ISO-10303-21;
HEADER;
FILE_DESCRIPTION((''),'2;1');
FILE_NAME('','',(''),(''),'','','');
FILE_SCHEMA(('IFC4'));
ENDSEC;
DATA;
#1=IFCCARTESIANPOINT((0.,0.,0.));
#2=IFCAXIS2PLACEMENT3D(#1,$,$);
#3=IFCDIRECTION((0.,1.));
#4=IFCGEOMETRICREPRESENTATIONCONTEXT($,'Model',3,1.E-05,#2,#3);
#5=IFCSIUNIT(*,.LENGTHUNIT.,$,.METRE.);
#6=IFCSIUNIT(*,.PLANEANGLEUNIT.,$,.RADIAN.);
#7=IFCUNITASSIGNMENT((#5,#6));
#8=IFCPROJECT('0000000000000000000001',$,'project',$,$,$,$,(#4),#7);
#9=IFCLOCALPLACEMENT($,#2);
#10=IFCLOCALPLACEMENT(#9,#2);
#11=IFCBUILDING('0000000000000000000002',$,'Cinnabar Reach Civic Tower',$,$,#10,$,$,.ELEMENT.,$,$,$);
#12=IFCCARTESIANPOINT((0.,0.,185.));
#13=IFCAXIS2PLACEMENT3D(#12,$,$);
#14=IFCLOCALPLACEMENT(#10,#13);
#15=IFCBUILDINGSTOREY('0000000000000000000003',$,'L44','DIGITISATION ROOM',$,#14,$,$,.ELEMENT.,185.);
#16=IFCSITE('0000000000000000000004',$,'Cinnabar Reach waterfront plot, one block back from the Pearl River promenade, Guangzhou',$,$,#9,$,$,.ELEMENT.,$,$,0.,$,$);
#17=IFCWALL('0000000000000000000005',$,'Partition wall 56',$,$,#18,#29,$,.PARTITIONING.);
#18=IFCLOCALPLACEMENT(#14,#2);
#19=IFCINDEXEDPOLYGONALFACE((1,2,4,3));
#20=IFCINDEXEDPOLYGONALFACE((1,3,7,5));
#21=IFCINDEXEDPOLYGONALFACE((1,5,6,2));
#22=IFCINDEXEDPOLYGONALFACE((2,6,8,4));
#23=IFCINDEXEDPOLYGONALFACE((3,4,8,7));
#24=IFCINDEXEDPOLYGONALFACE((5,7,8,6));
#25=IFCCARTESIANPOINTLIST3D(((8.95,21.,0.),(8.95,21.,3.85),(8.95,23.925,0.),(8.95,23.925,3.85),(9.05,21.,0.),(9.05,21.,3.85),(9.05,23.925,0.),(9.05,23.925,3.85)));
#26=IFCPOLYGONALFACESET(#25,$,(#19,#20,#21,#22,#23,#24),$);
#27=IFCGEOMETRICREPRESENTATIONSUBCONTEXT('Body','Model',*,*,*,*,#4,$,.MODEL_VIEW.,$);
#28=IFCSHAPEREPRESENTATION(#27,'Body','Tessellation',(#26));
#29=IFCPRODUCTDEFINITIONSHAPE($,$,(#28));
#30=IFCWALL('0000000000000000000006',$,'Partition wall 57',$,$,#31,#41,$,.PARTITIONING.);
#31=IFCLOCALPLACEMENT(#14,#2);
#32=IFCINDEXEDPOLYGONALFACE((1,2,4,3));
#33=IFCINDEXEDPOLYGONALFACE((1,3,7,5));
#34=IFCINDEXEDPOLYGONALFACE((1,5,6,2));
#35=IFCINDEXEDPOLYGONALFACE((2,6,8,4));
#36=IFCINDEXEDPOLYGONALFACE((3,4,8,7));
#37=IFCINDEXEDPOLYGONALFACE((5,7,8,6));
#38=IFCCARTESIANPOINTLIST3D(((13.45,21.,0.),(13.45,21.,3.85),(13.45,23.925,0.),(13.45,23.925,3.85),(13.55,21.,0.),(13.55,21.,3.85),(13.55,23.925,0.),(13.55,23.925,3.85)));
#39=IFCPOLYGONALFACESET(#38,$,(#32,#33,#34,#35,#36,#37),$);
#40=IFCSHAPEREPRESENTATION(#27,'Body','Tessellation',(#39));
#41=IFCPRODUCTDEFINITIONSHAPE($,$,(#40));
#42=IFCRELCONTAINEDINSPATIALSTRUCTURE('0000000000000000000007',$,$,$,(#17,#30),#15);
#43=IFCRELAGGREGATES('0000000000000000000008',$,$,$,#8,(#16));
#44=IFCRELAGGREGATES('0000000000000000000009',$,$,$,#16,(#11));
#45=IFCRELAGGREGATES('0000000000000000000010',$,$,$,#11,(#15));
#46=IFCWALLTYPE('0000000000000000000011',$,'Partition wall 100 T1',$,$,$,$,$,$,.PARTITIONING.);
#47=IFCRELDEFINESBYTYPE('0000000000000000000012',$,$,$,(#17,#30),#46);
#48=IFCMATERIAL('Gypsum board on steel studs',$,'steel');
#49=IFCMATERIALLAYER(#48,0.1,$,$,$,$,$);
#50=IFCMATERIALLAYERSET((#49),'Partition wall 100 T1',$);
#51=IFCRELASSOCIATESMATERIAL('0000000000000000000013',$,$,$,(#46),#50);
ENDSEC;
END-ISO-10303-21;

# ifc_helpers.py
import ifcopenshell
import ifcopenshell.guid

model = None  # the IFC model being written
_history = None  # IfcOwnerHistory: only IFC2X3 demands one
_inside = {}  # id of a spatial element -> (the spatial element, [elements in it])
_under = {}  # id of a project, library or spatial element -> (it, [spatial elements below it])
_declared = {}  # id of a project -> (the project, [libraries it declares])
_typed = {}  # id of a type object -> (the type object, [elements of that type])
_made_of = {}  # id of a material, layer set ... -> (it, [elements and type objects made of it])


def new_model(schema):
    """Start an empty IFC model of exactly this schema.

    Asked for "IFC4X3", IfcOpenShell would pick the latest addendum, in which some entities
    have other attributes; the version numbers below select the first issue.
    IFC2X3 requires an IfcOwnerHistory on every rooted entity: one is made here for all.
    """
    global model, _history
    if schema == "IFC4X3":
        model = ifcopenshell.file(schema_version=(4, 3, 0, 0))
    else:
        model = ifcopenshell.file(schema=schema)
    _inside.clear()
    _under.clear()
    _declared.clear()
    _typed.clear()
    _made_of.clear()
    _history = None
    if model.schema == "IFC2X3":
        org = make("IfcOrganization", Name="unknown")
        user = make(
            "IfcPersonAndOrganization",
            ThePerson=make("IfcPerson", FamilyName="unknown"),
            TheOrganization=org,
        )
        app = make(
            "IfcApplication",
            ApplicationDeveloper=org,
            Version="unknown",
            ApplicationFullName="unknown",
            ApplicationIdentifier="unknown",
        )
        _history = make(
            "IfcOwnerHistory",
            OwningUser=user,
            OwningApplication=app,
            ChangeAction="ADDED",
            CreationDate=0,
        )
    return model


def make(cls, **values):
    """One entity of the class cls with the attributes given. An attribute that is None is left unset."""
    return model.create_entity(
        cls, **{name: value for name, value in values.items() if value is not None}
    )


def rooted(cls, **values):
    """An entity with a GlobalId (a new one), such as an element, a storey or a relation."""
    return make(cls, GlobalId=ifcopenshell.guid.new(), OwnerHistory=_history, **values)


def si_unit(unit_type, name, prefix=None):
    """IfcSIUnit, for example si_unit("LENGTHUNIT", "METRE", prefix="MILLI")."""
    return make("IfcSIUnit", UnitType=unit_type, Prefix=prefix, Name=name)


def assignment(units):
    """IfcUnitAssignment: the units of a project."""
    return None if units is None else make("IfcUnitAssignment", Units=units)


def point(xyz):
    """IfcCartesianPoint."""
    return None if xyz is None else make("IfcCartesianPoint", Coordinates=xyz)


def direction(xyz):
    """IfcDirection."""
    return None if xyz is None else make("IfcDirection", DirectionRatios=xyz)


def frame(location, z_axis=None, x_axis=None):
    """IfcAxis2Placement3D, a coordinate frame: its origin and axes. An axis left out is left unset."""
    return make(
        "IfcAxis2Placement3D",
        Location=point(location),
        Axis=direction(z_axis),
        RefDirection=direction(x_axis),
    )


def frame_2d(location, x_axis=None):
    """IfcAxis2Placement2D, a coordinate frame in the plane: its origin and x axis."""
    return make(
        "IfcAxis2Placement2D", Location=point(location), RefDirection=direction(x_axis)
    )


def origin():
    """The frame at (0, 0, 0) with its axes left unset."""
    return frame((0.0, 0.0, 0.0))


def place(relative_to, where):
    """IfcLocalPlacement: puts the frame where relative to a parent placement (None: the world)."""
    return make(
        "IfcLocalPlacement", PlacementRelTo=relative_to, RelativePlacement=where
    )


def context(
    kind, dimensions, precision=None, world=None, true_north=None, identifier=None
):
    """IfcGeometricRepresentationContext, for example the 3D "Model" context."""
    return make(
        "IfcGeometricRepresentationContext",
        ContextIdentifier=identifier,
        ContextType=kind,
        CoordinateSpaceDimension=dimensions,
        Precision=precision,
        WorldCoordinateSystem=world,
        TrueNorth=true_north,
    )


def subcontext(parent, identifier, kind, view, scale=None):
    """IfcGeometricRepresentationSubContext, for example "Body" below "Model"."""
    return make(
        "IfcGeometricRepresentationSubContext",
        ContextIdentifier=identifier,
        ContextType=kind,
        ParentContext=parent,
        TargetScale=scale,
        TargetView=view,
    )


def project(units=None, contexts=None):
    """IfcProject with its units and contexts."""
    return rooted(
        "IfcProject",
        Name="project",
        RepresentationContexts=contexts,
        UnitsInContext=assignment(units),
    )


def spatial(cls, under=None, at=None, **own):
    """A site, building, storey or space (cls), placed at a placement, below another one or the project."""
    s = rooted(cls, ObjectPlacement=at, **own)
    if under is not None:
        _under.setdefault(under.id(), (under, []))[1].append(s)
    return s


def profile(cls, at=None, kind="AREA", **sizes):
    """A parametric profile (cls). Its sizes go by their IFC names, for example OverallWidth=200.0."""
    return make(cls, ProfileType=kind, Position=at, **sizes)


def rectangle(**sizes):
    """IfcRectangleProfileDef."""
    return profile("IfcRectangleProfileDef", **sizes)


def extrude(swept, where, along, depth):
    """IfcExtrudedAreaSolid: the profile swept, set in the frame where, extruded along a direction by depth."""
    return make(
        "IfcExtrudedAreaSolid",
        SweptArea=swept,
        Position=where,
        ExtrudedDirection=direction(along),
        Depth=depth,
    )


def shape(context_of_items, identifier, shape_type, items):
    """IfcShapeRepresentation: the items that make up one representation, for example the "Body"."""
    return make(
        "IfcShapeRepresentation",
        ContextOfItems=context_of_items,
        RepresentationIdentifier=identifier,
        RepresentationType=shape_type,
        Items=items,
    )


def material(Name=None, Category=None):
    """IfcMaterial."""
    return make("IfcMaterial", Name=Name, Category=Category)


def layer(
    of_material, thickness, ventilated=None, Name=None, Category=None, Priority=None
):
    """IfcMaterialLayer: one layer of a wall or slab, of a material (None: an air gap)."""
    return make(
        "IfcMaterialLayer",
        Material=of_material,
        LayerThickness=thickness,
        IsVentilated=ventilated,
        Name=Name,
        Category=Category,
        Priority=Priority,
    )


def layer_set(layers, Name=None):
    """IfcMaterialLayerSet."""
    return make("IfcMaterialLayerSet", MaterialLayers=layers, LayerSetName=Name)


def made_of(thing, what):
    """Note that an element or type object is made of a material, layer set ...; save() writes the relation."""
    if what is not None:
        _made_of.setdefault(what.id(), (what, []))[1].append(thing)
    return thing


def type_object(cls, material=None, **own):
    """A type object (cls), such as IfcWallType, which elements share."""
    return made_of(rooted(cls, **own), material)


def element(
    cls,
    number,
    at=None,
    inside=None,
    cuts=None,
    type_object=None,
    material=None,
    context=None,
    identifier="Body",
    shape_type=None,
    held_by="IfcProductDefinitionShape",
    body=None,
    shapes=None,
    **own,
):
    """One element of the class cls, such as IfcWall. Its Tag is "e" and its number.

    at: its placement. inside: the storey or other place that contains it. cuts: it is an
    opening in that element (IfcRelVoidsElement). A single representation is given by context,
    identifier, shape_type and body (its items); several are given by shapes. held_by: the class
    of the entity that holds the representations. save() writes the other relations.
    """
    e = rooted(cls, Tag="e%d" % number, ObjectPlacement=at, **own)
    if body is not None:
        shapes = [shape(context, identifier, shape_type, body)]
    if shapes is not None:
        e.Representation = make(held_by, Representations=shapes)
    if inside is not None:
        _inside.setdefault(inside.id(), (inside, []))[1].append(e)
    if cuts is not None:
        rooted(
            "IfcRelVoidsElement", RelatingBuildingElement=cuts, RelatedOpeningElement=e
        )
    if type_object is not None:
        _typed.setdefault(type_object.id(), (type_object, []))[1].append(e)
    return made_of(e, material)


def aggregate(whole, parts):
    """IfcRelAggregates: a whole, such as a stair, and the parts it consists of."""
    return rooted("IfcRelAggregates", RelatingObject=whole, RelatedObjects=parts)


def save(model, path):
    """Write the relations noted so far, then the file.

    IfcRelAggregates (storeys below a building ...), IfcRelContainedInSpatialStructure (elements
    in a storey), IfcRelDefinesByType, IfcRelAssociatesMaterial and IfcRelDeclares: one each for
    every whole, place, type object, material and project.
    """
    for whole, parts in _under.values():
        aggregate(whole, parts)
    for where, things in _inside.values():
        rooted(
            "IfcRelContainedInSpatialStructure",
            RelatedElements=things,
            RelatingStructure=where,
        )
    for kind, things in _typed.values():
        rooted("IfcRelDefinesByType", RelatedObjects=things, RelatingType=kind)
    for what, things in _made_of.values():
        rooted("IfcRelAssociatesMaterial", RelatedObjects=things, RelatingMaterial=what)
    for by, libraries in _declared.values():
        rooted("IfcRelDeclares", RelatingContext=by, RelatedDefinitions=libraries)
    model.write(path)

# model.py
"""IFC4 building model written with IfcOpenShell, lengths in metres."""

from ifc_helpers import new_model, si_unit, direction, frame, frame_2d, origin, place, context, subcontext, project, spatial, rectangle, extrude, material, layer, layer_set, type_object, element, save


model = new_model("IFC4")

# Units and contexts
model_context = context("Model", 3, precision=1e-05, world=origin(), true_north=direction((0.0, 1.0)))
body_context = subcontext(model_context, "Body", "Model", "MODEL_VIEW")
ifc_project = project(units=[si_unit("LENGTHUNIT", "METRE"), si_unit("PLANEANGLEUNIT", "RADIAN")], contexts=[model_context])

# Site, building, storey
site_placement = place(None, origin())
site = spatial("IfcSite", under=ifc_project, at=site_placement, Name="Cinnabar Reach waterfront plot, one block back from the Pearl River promenade, Guangzhou", CompositionType="ELEMENT", RefElevation=0.0)
building_placement = place(site_placement, origin())
building = spatial("IfcBuilding", under=site, at=building_placement, Name="Cinnabar Reach Civic Tower", CompositionType="ELEMENT")
storey_placement = place(building_placement, frame((0.0, 0.0, 185.0)))
storey = spatial("IfcBuildingStorey", under=building, at=storey_placement, Name="L44", Description="DIGITISATION ROOM", CompositionType="ELEMENT", Elevation=185.0)

# Walls
ifc_material_1 = material(Name="Gypsum board on steel studs", Category="steel")
ifc_layer_1 = layer(ifc_material_1, 0.1)
ifc_layer_set_1 = layer_set([ifc_layer_1], Name="Partition wall 100 T1")
wall_type_1 = type_object("IfcWallType", Name="Partition wall 100 T1", PredefinedType="PARTITIONING", material=ifc_layer_set_1)
for number, where, z_axis, x_axis, name in (
    (1, (9.0, 21.0, 0.0), (0.0, 0.0, 1.0), (0.0, 1.0, 0.0), "Partition wall 56"),
    (2, (13.5, 21.0, 0.0), (0.0, 0.0, 1.0), (0.0, 1.0, 0.0), "Partition wall 57"),
):
    element("IfcWall", number, at=place(storey_placement, frame(where, z_axis=z_axis, x_axis=x_axis)), inside=storey, type_object=wall_type_1, Name=name, PredefinedType="PARTITIONING", context=body_context, shape_type="SweptSolid", body=[
        extrude(rectangle(XDim=2.925, YDim=0.1, at=frame_2d((1.4625, 0.0))), origin(), (0.0, 0.0, 1.0), 3.85),
    ])

save(model, "model.ifc")
